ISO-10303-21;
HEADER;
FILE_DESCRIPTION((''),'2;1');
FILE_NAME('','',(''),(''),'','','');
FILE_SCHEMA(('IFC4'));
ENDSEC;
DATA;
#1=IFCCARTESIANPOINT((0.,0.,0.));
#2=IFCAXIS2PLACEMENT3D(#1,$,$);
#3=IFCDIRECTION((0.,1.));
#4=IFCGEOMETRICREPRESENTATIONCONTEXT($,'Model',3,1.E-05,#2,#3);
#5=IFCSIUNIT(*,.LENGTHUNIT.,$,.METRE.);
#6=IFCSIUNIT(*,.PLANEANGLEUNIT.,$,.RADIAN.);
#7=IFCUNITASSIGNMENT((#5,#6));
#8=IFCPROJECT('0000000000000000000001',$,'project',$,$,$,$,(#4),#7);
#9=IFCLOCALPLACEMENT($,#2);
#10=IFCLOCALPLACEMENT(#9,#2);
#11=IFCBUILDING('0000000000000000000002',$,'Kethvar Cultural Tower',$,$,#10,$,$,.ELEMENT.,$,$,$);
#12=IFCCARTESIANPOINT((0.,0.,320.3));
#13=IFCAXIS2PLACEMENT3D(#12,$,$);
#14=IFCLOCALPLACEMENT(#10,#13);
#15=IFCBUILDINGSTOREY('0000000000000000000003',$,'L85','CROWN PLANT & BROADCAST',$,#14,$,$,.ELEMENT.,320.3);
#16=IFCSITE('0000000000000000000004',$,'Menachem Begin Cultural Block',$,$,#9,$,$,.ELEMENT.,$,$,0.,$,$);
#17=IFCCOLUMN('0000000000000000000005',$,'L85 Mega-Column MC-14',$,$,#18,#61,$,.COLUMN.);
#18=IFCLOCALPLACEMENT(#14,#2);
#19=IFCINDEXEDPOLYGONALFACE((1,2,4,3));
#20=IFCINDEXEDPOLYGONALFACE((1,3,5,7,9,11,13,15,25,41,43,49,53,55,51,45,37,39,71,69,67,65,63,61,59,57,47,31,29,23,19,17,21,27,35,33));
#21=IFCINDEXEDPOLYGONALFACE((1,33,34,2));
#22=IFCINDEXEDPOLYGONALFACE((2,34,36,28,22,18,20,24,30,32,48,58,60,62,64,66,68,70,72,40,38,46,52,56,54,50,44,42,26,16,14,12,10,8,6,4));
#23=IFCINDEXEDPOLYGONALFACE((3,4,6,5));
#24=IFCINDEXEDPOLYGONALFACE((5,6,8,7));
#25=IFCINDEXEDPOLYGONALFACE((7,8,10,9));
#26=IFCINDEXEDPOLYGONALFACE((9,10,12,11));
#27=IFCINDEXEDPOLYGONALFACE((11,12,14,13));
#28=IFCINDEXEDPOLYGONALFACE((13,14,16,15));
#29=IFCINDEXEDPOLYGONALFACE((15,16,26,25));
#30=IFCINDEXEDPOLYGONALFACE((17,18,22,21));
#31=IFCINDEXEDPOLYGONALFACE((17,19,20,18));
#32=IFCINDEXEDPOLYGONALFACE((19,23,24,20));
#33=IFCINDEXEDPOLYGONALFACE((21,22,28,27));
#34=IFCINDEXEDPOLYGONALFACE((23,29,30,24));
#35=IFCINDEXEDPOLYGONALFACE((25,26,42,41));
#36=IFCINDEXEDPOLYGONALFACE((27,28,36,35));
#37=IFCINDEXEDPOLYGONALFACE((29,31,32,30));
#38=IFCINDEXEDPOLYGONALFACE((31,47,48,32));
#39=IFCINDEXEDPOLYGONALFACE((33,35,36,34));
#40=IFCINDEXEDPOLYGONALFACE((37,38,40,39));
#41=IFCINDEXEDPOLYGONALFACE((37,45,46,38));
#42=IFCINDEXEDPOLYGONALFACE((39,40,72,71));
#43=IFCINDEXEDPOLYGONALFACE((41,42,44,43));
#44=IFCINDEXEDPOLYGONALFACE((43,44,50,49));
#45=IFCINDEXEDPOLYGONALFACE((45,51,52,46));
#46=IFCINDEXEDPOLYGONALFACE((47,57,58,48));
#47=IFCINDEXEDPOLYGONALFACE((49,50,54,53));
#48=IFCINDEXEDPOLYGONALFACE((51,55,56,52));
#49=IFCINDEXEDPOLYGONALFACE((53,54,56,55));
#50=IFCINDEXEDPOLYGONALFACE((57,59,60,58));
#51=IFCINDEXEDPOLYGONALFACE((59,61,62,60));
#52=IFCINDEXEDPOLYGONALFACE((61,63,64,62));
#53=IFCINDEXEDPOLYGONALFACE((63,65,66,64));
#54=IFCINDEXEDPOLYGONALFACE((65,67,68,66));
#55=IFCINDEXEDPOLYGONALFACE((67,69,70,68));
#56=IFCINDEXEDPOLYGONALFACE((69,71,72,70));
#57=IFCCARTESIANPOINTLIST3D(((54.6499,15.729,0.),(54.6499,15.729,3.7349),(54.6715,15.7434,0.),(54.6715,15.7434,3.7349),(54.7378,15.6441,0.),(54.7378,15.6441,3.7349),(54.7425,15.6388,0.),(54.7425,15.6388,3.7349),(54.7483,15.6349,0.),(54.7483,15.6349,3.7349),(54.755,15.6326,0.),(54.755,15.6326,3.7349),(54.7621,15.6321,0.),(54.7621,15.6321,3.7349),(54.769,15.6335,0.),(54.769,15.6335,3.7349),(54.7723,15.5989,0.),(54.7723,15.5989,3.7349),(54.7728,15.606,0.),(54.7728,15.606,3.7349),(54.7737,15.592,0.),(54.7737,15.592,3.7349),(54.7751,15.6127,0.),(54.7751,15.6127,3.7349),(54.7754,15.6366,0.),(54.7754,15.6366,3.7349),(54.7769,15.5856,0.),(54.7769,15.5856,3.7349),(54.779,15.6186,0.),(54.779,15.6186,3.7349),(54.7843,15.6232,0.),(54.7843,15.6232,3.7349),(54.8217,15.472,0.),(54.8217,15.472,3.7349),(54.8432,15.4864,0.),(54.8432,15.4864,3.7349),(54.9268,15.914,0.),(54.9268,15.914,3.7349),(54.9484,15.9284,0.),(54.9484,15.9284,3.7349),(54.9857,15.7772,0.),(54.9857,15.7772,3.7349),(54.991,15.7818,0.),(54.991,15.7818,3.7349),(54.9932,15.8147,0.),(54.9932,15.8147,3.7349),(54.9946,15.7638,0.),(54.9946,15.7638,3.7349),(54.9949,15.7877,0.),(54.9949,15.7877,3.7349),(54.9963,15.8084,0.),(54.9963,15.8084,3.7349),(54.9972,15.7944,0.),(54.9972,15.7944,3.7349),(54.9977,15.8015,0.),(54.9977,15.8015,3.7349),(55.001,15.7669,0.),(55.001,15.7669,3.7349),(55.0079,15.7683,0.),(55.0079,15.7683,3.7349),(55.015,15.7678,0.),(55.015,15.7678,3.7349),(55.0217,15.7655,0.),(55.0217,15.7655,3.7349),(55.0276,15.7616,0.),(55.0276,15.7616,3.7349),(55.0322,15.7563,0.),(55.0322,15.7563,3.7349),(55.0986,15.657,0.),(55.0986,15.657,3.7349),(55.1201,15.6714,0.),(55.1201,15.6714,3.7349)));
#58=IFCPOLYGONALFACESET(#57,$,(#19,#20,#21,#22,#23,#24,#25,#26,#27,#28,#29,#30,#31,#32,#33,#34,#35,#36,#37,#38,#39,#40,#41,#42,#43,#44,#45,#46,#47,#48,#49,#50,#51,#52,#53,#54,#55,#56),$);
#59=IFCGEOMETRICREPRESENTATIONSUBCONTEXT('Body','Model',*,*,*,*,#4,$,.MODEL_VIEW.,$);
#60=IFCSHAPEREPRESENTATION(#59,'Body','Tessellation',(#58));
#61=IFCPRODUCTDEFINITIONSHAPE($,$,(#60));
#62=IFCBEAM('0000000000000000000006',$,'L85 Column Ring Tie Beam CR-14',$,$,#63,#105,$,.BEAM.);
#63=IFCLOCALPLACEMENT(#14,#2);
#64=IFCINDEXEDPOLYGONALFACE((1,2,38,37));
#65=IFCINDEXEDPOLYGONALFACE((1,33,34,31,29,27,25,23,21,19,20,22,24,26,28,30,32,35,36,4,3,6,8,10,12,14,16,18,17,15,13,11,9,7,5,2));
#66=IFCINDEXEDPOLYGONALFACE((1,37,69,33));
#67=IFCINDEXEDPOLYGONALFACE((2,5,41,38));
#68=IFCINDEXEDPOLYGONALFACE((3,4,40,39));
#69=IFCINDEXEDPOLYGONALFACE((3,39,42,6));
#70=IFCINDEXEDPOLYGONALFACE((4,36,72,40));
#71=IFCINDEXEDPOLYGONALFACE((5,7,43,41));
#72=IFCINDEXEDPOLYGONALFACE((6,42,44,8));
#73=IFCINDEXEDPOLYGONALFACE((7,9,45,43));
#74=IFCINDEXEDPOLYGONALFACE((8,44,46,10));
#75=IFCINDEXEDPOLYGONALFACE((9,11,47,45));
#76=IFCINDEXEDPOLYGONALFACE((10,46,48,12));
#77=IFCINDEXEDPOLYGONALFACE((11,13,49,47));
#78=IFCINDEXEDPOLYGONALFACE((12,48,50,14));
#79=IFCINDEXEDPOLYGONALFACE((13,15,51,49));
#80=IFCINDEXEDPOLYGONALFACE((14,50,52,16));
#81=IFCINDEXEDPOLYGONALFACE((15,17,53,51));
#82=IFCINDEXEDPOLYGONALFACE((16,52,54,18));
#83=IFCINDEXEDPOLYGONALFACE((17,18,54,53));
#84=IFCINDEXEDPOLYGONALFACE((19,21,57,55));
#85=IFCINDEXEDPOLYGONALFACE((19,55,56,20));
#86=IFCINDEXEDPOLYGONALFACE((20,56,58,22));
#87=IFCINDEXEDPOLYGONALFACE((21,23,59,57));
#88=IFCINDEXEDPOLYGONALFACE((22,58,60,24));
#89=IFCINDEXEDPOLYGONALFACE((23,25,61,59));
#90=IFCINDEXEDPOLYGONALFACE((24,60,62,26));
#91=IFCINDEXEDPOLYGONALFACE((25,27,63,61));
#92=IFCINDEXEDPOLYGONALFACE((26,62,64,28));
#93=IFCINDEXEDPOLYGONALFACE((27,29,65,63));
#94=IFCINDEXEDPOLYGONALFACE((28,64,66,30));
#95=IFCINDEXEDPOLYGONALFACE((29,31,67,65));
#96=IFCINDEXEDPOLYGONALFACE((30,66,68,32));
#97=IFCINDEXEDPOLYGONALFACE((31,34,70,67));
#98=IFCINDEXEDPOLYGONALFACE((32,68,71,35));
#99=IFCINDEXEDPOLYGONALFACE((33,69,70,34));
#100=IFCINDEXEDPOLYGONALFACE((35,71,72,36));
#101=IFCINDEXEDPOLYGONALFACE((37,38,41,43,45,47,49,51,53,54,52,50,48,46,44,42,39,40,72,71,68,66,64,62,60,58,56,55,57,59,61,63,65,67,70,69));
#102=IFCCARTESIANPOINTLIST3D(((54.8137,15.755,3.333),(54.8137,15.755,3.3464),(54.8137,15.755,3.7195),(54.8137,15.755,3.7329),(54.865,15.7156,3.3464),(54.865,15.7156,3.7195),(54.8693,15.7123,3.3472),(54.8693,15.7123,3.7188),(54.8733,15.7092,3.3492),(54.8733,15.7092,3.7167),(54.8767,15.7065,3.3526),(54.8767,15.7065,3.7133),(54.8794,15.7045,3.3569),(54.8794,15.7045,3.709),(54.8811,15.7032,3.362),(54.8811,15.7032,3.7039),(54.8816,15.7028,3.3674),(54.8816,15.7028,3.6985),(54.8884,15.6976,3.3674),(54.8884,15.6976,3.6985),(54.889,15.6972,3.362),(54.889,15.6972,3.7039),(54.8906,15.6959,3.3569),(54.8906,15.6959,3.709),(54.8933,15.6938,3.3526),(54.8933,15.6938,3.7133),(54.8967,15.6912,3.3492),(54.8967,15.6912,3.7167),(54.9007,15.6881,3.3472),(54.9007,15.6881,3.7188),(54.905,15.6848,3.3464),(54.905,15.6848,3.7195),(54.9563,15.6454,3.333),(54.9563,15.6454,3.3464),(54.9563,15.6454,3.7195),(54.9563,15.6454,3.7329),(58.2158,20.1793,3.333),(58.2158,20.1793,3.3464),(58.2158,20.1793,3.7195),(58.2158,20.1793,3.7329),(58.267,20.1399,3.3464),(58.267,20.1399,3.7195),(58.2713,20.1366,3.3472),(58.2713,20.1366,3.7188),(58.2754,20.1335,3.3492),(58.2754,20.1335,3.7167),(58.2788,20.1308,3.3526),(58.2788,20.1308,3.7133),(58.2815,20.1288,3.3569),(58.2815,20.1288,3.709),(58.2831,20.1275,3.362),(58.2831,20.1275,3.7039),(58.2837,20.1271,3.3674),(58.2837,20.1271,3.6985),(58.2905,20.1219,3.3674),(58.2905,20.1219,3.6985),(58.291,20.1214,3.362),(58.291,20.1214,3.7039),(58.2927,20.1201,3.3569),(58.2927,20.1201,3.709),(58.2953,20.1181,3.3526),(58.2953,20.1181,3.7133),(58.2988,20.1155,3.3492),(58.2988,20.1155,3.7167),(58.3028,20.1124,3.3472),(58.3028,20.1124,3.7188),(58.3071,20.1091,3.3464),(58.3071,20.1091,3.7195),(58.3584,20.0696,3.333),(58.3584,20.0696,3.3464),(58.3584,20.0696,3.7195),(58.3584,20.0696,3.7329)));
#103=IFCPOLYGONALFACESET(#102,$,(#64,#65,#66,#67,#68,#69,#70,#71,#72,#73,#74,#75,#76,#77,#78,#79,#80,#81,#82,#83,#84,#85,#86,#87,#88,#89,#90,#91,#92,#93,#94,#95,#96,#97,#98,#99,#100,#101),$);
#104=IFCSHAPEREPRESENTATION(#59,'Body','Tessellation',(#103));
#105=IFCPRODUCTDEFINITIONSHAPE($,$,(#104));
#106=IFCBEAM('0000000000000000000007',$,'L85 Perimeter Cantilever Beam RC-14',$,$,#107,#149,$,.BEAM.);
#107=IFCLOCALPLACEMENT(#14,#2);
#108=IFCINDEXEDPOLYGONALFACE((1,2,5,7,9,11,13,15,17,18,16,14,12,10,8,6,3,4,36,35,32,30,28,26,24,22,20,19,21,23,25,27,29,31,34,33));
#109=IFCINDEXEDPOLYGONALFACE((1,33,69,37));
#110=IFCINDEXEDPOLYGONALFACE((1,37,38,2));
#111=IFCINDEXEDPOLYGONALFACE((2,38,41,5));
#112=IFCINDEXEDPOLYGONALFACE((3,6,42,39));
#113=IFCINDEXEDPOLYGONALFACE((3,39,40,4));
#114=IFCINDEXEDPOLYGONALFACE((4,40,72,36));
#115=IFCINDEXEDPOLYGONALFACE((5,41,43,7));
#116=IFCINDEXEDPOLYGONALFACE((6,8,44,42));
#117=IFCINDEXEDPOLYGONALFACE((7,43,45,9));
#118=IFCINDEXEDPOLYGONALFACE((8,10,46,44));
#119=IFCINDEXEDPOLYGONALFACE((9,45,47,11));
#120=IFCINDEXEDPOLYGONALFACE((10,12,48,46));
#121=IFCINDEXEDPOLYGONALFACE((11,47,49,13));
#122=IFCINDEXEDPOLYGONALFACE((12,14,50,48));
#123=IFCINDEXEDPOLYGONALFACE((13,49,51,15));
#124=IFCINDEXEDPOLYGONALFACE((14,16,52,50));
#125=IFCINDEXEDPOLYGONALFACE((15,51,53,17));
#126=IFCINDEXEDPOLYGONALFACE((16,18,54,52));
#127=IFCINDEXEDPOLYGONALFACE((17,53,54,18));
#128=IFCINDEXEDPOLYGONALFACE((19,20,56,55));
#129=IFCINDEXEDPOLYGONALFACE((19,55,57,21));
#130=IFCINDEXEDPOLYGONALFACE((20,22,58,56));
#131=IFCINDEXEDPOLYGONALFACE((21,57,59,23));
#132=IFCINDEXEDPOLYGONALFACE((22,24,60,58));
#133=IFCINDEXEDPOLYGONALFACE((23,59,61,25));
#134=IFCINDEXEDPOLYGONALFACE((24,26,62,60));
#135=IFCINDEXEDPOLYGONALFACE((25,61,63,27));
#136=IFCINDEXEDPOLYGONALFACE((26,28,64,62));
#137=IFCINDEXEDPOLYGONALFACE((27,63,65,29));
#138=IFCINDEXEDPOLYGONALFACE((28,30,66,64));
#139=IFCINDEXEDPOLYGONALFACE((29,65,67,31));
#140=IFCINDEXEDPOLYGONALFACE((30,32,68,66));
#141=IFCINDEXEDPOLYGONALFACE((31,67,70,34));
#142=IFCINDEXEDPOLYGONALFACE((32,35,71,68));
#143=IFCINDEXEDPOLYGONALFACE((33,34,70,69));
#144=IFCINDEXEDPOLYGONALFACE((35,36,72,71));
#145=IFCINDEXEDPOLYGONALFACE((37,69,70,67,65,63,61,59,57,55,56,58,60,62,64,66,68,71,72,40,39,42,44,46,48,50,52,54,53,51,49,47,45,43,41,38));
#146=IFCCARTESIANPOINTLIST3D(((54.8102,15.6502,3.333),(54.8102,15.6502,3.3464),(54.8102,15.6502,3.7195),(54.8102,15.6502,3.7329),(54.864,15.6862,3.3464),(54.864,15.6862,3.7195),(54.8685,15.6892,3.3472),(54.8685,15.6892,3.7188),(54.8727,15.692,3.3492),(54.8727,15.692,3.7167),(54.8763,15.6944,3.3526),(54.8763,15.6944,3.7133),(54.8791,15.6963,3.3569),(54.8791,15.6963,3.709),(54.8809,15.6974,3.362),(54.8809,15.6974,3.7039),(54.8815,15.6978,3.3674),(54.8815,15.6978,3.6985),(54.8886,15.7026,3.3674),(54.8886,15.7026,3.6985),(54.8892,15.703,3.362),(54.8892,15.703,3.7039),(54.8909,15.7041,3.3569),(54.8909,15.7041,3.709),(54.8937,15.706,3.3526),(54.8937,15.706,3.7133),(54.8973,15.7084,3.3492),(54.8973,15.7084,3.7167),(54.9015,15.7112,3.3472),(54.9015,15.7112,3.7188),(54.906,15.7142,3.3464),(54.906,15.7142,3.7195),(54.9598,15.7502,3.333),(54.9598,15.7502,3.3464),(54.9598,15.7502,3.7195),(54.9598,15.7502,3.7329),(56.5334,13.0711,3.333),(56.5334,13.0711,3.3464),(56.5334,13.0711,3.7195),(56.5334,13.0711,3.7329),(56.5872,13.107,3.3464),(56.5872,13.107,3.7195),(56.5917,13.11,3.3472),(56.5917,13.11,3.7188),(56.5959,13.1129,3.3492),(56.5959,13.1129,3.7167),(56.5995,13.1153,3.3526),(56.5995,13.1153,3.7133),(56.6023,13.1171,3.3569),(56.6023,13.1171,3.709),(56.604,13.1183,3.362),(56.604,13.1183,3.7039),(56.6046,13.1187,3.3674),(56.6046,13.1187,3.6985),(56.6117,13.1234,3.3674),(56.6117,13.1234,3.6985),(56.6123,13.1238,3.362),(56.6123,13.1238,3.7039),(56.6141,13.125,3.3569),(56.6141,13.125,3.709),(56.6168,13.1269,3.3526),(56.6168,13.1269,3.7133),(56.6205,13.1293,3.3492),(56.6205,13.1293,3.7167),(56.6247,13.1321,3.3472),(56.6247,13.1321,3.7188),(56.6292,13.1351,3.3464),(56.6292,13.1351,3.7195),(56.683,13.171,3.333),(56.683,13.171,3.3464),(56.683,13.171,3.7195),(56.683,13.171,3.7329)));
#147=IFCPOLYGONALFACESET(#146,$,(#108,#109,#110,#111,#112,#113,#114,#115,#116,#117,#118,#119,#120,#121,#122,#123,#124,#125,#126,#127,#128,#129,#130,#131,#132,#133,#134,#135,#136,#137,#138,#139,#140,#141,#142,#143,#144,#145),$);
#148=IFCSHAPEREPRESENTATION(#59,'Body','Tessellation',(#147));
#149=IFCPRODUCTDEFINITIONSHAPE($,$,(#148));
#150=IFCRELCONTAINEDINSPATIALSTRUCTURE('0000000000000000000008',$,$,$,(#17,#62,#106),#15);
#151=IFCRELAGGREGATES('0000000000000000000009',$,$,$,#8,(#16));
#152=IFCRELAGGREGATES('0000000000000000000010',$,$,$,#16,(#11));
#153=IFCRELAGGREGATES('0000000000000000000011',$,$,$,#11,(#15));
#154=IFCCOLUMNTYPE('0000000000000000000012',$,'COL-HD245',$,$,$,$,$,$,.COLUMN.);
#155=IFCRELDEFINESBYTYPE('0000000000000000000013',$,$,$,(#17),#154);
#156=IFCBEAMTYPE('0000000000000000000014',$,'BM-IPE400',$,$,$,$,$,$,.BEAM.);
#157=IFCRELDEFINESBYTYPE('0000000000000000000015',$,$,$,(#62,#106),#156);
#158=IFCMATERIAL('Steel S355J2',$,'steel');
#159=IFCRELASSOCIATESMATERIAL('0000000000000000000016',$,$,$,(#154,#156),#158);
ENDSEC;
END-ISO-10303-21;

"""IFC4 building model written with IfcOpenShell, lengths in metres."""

from ifc_helpers import new_model, si_unit, direction, frame, origin, origin_2d, place, context, subcontext, project, spatial, i_section, extrude, source, transform, mapped, material, material_profile, profile_set, type_object, element, save


model = new_model("IFC4")

# Units and contexts
model_context = context("Model", 3, precision=1e-05, world=origin(), true_north=direction((0.0, 1.0)))
body_context = subcontext(model_context, "Body", "Model", "MODEL_VIEW")
ifc_project = project(units=[si_unit("LENGTHUNIT", "METRE"), si_unit("PLANEANGLEUNIT", "RADIAN")], contexts=[model_context])

# Site, building, storey
site_placement = place(None, origin())
site = spatial("IfcSite", under=ifc_project, at=site_placement, Name="Menachem Begin Cultural Block", CompositionType="ELEMENT", RefElevation=0.0)
building_placement = place(site_placement, origin())
building = spatial("IfcBuilding", under=site, at=building_placement, Name="Kethvar Cultural Tower", CompositionType="ELEMENT")
storey_placement = place(building_placement, frame((0.0, 0.0, 320.3)))
storey = spatial("IfcBuildingStorey", under=building, at=storey_placement, Name="L85", Description="CROWN PLANT & BROADCAST", CompositionType="ELEMENT", Elevation=320.3)

# Column
ifc_material_1 = material(Name="Steel S355J2", Category="steel")
ifc_material_profile_1 = material_profile(ifc_material_1, i_section(OverallWidth=0.3091, OverallDepth=0.3589, WebThickness=0.0161, FlangeThickness=0.0259, FilletRadius=0.0271, at=origin_2d()), Name="Steel S355J2 — HD320x245")
ifc_profile_set_1 = profile_set([ifc_material_profile_1], Name="Steel S355J2 — HD320x245")
column_type = type_object("IfcColumnType", Name="COL-HD245", PredefinedType="COLUMN", material=ifc_profile_set_1)
shared_shape_1 = source(origin(), body_context, "Body", "SweptSolid", [
    extrude(i_section(OverallWidth=0.3091, OverallDepth=0.3589, WebThickness=0.0161, FlangeThickness=0.0259, FilletRadius=0.0271, at=origin_2d()), origin(), (0.0, 0.0, 1.0), 3.7349),
])
column_placement = place(storey_placement, frame((54.885, 15.7002, 0.0), z_axis=(0.0, 0.0, 1.0), x_axis=(0.55557, -0.83147, 0.0)))
element("IfcColumn", 1, at=column_placement, inside=storey, type_object=column_type, Name="L85 Mega-Column MC-14", PredefinedType="COLUMN", context=body_context, shape_type="MappedRepresentation", body=[
    mapped(shared_shape_1, transform((0.0, 0.0, 0.0), scale=1.0)),
])

# Beams
ifc_material_profile_2 = material_profile(ifc_material_1, i_section(OverallWidth=0.1799, OverallDepth=0.3999, WebThickness=0.0085, FlangeThickness=0.0134, FilletRadius=0.021, at=origin_2d()), Name="Steel S355J2 — IPE400")
ifc_profile_set_2 = profile_set([ifc_material_profile_2], Name="Steel S355J2 — IPE400")
beam_type_1 = type_object("IfcBeamType", Name="BM-IPE400", PredefinedType="BEAM", material=ifc_profile_set_2)
shared_shape_2 = source(origin(), body_context, "Body", "SweptSolid", [
    extrude(i_section(OverallWidth=0.1799, OverallDepth=0.3999, WebThickness=0.0085, FlangeThickness=0.0134, FilletRadius=0.021, at=origin_2d()), origin(), (0.0, 0.0, 1.0), 5.5811),
])
beam_1_placement = place(storey_placement, frame((54.885, 15.7002, 3.533), z_axis=(0.609573, 0.79273, 0.0), x_axis=(-0.79273, 0.609573, 0.0)))
element("IfcBeam", 2, at=beam_1_placement, inside=storey, type_object=beam_type_1, Name="L85 Column Ring Tie Beam CR-14", PredefinedType="BEAM", context=body_context, shape_type="MappedRepresentation", body=[
    mapped(shared_shape_2, transform((0.0, 0.0, 0.0), scale=1.0)),
])
shared_shape_3 = source(origin(), body_context, "Body", "SweptSolid", [
    extrude(i_section(OverallWidth=0.1799, OverallDepth=0.3999, WebThickness=0.0085, FlangeThickness=0.0134, FilletRadius=0.021, at=origin_2d()), origin(), (0.0, 0.0, 1.0), 3.1018),
])
beam_2_placement = place(storey_placement, frame((54.885, 15.7002, 3.533), z_axis=(0.555535, -0.831493, 0.0), x_axis=(0.831493, 0.555535, 0.0)))
element("IfcBeam", 3, at=beam_2_placement, inside=storey, type_object=beam_type_1, Name="L85 Perimeter Cantilever Beam RC-14", PredefinedType="BEAM", context=body_context, shape_type="MappedRepresentation", body=[
    mapped(shared_shape_3, transform((0.0, 0.0, 0.0), scale=1.0)),
])

save(model, "model.ifc")
